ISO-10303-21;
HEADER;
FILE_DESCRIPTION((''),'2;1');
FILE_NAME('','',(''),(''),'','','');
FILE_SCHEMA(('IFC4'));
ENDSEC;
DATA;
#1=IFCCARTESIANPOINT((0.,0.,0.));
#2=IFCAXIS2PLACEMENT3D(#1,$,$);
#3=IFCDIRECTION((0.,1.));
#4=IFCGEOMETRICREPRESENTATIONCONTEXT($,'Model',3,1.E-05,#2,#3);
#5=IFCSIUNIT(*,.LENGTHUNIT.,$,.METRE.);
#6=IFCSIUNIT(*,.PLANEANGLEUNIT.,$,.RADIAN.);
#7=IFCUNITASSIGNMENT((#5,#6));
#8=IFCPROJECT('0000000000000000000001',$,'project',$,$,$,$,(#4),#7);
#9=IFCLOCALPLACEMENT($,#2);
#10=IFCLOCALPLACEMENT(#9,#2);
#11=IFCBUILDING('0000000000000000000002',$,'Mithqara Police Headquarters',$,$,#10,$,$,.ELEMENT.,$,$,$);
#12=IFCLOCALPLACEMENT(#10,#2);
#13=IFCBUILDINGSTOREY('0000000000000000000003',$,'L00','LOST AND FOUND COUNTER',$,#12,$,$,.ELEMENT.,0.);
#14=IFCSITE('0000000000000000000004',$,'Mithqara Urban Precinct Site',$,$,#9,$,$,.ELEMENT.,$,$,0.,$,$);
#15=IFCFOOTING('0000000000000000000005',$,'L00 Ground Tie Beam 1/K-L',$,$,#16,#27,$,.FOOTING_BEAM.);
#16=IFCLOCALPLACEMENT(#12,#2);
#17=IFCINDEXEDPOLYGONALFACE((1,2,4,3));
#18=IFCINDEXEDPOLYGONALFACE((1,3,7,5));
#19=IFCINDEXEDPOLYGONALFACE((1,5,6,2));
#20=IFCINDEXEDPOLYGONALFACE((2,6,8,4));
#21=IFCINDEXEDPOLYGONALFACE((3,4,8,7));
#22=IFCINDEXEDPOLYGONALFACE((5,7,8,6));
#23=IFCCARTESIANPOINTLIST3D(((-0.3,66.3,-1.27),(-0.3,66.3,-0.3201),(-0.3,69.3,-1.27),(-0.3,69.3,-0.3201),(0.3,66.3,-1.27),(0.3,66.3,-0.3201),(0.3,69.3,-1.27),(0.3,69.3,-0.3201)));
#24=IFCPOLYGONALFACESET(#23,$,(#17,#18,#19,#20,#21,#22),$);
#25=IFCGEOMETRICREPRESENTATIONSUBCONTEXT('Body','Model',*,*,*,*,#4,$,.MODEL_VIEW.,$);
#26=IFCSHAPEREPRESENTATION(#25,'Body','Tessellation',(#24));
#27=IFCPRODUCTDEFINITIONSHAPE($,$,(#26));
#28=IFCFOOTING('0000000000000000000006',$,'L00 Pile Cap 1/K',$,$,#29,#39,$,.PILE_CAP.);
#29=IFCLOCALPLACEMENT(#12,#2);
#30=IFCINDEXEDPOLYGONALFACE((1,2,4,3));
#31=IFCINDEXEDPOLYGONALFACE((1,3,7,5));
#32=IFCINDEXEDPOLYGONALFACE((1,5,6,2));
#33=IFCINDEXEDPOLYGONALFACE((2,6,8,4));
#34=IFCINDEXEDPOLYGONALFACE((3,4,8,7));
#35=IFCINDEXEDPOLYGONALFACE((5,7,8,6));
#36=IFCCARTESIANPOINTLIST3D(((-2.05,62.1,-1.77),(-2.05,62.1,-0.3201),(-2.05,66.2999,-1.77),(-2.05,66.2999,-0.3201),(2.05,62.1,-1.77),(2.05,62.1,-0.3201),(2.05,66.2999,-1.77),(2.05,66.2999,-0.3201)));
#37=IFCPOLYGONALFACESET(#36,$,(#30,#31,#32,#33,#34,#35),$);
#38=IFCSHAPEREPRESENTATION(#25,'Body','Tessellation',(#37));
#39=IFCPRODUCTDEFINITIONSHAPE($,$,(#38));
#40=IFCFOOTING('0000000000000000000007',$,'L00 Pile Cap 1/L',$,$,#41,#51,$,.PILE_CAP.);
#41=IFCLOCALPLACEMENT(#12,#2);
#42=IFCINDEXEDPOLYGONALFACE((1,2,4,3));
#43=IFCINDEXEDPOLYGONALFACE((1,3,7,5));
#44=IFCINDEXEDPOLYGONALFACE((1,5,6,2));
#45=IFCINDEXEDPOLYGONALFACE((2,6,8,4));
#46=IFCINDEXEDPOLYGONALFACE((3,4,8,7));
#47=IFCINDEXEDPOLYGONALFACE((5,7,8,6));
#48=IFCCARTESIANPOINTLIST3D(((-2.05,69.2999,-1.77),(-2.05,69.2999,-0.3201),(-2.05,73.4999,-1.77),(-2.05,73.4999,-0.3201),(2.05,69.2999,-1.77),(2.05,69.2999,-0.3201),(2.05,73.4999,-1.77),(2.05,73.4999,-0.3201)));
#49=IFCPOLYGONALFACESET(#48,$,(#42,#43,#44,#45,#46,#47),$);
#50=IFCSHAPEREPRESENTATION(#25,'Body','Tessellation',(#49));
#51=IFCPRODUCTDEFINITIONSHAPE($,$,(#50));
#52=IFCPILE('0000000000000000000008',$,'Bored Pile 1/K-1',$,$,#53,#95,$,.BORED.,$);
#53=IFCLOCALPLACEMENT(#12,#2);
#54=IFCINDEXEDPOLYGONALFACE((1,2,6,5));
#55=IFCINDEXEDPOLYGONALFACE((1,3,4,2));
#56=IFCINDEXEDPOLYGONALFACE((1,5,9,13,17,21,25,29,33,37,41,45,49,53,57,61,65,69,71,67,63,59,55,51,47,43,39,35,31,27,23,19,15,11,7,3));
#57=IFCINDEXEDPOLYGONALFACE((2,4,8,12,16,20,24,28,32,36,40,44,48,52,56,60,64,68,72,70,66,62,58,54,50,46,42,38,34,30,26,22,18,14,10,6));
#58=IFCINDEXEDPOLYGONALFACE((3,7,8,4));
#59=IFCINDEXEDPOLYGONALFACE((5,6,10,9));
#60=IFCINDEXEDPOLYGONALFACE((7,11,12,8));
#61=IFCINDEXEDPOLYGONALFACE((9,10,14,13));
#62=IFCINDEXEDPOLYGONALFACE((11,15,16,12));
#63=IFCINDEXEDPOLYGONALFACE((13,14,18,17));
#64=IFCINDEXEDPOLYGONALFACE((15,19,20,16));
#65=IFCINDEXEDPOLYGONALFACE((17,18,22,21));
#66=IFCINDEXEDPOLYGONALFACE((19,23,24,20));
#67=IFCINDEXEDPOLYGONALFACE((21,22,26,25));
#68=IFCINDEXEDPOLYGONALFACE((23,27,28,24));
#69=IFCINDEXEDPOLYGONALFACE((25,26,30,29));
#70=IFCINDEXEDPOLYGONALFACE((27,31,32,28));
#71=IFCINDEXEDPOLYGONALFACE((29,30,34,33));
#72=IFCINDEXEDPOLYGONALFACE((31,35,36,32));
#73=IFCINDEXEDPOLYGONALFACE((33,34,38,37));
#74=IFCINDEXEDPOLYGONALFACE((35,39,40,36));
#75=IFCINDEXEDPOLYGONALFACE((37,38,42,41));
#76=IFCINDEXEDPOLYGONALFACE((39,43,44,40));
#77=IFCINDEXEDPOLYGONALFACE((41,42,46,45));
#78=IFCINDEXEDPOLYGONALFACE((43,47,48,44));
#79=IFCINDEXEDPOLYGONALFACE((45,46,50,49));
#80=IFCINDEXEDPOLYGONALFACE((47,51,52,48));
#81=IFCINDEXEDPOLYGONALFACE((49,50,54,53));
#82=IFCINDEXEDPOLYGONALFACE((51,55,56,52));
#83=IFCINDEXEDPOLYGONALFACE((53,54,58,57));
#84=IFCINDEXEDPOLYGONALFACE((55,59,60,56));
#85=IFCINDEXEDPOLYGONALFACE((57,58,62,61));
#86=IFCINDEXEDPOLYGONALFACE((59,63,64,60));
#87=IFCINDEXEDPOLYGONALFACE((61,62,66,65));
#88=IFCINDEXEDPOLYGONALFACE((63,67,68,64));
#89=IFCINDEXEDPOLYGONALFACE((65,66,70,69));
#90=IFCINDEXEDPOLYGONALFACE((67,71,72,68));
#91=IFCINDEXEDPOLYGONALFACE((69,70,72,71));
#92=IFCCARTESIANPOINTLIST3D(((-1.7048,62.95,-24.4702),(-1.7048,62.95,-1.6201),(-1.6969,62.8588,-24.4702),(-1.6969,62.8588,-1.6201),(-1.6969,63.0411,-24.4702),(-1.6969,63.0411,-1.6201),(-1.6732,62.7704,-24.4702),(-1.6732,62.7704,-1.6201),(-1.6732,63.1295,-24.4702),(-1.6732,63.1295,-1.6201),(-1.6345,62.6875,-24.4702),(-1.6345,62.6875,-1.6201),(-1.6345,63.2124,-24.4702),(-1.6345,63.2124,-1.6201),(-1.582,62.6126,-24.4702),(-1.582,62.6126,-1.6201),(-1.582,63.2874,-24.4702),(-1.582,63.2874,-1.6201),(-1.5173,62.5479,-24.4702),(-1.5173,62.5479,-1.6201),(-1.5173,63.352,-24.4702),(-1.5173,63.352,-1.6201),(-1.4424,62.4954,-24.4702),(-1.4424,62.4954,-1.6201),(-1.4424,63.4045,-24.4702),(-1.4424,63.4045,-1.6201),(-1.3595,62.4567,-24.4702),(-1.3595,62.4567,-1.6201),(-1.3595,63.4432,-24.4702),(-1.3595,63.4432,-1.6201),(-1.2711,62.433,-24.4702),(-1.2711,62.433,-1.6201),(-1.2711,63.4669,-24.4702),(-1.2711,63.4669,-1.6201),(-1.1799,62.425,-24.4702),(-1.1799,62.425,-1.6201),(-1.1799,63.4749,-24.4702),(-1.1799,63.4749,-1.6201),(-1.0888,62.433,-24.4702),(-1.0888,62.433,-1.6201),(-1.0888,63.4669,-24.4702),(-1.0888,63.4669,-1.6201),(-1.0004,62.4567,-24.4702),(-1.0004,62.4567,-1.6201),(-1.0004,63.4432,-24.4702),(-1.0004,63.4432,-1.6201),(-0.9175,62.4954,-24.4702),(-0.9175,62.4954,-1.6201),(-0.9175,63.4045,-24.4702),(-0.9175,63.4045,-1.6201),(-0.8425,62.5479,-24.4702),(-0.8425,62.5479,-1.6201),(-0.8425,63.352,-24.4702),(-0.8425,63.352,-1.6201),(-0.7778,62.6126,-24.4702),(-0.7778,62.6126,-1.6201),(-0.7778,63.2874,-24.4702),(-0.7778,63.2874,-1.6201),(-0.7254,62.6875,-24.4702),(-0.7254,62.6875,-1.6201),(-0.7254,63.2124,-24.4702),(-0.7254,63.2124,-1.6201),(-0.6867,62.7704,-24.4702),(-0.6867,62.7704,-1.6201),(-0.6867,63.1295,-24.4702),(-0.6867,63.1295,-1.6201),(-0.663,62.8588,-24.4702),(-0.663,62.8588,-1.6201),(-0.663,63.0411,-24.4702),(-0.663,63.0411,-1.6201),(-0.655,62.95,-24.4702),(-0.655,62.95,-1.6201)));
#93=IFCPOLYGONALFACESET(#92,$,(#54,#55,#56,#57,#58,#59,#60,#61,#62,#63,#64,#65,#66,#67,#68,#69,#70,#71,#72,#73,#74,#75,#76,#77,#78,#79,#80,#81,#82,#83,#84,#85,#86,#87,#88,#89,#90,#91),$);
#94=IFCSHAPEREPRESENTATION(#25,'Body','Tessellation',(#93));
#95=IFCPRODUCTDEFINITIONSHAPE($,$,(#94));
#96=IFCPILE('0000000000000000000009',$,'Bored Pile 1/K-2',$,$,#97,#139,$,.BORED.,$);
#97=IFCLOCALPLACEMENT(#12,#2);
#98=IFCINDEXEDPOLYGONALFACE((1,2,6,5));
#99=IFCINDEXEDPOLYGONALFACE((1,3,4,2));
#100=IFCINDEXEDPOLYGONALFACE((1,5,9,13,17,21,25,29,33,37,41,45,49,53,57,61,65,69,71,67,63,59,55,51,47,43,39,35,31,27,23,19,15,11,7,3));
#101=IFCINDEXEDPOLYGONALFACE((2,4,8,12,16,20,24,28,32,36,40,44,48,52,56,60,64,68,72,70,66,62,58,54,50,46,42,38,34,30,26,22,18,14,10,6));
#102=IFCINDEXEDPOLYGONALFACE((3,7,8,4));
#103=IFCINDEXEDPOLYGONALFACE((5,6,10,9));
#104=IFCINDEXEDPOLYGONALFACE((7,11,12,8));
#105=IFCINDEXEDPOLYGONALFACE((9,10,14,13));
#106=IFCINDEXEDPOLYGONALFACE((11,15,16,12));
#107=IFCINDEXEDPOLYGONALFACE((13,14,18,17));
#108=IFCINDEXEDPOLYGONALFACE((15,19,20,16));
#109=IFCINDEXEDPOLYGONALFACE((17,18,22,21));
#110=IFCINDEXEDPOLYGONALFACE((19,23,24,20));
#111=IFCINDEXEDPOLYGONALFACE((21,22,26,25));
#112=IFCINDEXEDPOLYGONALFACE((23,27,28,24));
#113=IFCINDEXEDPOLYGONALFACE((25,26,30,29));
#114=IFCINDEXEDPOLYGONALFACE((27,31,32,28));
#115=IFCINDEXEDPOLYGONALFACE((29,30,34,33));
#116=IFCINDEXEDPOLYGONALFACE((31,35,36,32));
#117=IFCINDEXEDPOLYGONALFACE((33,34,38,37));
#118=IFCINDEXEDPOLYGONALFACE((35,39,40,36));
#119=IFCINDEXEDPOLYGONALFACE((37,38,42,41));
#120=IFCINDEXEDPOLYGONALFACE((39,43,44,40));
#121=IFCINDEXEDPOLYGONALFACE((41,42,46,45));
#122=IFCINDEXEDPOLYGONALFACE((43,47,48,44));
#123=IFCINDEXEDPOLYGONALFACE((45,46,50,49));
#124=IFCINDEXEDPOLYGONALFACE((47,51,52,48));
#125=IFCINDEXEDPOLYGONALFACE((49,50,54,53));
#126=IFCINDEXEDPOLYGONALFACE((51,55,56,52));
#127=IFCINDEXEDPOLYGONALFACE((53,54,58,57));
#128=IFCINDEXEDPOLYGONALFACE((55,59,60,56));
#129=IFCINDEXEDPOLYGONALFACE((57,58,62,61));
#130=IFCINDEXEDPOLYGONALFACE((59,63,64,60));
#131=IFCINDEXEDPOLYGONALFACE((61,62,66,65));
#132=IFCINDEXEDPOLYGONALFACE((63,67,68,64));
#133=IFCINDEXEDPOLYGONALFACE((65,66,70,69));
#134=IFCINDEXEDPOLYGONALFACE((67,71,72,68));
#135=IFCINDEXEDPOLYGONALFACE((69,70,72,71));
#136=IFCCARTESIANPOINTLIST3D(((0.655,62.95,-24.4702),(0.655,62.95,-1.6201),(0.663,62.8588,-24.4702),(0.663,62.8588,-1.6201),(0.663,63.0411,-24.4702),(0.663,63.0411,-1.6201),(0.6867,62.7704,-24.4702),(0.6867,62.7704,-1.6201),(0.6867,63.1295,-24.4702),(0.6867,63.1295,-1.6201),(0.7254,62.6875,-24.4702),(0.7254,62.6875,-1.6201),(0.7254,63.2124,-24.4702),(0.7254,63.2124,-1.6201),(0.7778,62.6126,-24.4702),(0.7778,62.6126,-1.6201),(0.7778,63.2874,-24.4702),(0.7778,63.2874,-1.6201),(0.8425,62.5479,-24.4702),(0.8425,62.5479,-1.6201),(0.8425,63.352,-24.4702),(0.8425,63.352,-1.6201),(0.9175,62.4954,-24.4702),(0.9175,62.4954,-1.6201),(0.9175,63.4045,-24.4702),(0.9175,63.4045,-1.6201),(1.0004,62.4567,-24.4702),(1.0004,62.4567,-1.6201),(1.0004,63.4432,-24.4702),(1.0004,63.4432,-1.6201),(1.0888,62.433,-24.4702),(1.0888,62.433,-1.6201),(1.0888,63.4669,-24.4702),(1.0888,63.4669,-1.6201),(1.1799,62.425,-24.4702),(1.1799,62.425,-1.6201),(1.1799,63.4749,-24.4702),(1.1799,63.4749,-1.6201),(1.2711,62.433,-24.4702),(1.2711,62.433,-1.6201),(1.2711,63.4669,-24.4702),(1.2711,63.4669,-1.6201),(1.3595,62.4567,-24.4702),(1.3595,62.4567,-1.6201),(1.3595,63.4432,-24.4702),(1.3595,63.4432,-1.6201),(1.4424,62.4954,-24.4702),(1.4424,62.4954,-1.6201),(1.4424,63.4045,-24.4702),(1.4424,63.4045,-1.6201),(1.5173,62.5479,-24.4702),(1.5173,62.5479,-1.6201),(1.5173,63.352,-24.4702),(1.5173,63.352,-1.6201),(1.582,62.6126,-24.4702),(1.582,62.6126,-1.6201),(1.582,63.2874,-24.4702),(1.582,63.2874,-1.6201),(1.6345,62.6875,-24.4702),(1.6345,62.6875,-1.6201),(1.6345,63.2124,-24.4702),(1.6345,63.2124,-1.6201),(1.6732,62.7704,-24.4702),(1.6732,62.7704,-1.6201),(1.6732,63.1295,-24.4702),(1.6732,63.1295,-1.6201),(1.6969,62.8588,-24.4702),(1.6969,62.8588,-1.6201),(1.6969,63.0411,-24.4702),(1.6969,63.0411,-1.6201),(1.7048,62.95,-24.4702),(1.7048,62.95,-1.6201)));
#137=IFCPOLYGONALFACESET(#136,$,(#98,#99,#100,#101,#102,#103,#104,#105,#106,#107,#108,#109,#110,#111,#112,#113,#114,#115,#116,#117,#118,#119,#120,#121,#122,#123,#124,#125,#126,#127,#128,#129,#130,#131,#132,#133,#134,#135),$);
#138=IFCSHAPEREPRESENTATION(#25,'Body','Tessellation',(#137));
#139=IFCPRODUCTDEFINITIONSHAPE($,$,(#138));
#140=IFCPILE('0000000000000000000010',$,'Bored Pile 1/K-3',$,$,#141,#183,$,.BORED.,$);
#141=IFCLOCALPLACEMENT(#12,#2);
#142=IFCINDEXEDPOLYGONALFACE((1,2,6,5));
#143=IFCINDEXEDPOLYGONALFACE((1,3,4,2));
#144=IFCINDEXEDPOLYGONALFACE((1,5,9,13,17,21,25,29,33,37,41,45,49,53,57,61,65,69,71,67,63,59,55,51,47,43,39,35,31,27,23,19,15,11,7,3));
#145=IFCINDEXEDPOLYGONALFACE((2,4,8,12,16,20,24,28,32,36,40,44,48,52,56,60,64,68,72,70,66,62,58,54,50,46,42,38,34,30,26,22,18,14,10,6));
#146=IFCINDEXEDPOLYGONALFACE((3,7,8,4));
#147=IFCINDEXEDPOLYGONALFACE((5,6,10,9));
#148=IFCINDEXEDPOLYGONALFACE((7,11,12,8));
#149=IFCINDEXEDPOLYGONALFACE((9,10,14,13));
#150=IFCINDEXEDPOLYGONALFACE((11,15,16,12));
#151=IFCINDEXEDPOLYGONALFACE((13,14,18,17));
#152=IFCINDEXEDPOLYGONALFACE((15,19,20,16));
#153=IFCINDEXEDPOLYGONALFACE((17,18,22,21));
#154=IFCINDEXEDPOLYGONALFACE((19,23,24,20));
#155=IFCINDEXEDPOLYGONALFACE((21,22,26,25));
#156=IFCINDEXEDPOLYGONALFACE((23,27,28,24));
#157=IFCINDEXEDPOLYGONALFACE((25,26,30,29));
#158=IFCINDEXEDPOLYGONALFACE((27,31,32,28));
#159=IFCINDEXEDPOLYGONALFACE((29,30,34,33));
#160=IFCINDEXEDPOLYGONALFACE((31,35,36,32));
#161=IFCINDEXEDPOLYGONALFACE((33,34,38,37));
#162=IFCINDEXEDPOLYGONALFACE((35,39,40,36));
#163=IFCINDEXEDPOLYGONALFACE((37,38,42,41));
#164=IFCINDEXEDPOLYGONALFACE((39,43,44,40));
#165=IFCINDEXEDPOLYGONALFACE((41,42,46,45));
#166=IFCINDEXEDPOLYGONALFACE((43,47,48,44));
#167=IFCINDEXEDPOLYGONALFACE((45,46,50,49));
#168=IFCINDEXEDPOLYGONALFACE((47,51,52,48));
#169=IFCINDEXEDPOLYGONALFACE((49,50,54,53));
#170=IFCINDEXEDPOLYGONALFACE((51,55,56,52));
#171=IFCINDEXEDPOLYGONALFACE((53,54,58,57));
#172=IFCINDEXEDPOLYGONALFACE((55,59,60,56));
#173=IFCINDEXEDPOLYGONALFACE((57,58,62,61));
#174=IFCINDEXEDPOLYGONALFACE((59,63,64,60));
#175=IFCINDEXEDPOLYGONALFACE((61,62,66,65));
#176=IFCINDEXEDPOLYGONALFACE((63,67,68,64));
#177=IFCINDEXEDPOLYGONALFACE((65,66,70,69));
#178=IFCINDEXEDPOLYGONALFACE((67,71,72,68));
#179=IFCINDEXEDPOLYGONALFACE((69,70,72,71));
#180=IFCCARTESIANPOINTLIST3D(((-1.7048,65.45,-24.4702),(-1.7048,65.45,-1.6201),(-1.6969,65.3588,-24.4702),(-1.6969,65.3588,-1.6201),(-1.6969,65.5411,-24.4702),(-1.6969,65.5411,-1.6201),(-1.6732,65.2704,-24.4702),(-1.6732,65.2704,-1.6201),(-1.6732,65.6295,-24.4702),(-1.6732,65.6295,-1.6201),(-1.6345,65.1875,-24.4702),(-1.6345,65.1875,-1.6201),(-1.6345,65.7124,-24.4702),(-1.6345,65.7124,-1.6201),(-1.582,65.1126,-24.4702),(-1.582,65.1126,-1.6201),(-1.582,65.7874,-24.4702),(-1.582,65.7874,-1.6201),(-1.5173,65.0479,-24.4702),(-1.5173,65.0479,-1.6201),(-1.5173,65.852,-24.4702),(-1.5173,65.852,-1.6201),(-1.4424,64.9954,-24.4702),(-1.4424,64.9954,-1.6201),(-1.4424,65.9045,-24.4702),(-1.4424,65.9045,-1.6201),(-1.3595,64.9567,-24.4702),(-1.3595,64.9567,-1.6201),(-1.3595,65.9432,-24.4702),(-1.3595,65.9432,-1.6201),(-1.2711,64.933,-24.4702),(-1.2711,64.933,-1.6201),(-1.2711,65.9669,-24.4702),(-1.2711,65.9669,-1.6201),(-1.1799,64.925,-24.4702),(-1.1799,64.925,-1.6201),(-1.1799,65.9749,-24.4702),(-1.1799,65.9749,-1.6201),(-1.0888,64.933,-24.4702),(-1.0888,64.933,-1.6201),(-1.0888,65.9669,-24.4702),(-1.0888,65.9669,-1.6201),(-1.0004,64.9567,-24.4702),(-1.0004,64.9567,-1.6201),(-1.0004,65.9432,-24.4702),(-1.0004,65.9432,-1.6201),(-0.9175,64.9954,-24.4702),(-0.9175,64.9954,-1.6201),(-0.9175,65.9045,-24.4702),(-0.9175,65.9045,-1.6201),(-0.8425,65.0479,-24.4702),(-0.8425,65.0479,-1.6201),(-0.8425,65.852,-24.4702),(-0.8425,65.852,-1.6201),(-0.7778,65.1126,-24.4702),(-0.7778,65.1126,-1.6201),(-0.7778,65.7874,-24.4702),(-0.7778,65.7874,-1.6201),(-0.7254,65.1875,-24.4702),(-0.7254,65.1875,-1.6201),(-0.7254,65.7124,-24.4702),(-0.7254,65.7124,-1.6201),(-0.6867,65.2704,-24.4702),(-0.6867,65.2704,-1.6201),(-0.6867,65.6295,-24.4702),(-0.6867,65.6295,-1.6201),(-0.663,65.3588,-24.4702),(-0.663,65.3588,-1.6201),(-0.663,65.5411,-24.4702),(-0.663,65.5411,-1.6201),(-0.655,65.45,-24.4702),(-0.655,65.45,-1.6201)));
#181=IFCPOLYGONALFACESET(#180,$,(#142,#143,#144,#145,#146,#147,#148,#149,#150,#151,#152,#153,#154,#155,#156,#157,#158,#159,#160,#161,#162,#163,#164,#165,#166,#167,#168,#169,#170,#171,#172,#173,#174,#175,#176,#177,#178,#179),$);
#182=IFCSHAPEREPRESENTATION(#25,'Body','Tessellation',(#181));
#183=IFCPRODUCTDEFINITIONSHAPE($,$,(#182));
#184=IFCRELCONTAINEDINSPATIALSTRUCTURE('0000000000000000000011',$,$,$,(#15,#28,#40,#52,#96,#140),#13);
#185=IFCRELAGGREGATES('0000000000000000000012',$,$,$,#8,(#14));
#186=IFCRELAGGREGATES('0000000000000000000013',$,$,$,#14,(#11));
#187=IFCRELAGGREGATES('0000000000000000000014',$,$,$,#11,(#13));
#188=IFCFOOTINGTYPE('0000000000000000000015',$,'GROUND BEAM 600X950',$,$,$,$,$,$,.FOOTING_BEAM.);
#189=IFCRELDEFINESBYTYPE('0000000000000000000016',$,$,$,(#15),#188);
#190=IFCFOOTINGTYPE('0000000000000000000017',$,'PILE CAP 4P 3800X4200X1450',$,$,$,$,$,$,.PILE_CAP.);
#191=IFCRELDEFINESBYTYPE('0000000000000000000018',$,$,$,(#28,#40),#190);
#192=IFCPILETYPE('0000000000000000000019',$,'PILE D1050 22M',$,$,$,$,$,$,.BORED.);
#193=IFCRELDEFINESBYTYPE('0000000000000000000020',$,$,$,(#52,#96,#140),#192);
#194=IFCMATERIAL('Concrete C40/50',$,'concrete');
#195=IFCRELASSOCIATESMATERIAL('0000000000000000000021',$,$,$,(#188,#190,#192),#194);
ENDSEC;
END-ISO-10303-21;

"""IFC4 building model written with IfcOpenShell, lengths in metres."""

from ifc_helpers import new_model, si_unit, direction, frame, origin, origin_2d, place, context, subcontext, project, spatial, rectangle, circle, extrude, material, material_profile, profile_set, type_object, element, save


model = new_model("IFC4")

# Units and contexts
model_context = context("Model", 3, precision=1e-05, world=origin(), true_north=direction((0.0, 1.0)))
body_context = subcontext(model_context, "Body", "Model", "MODEL_VIEW")
ifc_project = project(units=[si_unit("LENGTHUNIT", "METRE"), si_unit("PLANEANGLEUNIT", "RADIAN")], contexts=[model_context])

# Site, building, storey
site_placement = place(None, origin())
site = spatial("IfcSite", under=ifc_project, at=site_placement, Name="Mithqara Urban Precinct Site", CompositionType="ELEMENT", RefElevation=0.0)
building_placement = place(site_placement, origin())
building = spatial("IfcBuilding", under=site, at=building_placement, Name="Mithqara Police Headquarters", CompositionType="ELEMENT")
storey_placement = place(building_placement, origin())
storey = spatial("IfcBuildingStorey", under=building, at=storey_placement, Name="L00", Description="LOST AND FOUND COUNTER", CompositionType="ELEMENT", Elevation=0.0)

# Footings
ifc_material_1 = material(Name="Concrete C40/50", Category="concrete")
footing_type_1 = type_object("IfcFootingType", Name="GROUND BEAM 600X950", PredefinedType="FOOTING_BEAM", material=ifc_material_1)
footing_placement = place(storey_placement, frame((0.0, 67.8, -1.27), z_axis=(0.0, 0.0, 1.0), x_axis=(1.0, 0.0, 0.0)))
element("IfcFooting", 1, at=footing_placement, inside=storey, type_object=footing_type_1, Name="L00 Ground Tie Beam 1/K-L", PredefinedType="FOOTING_BEAM", context=body_context, shape_type="SweptSolid", body=[
    extrude(rectangle(XDim=0.6001, YDim=3.0, at=origin_2d()), origin(), (0.0, 0.0, 1.0), 0.95),
])
footing_type_2 = type_object("IfcFootingType", Name="PILE CAP 4P 3800X4200X1450", PredefinedType="PILE_CAP", material=ifc_material_1)
for number, where, z_axis, x_axis, name in (
    (2, (0.0, 64.2, -1.77), (0.0, 0.0, 1.0), (1.0, 0.0, 0.0), "L00 Pile Cap 1/K"),
    (3, (0.0, 71.3999, -1.77), (0.0, 0.0, 1.0), (1.0, 0.0, 0.0), "L00 Pile Cap 1/L"),
):
    element("IfcFooting", number, at=place(storey_placement, frame(where, z_axis=z_axis, x_axis=x_axis)), inside=storey, type_object=footing_type_2, Name=name, PredefinedType="PILE_CAP", context=body_context, shape_type="SweptSolid", body=[
        extrude(rectangle(XDim=4.1001, YDim=4.2, at=origin_2d()), origin(), (0.0, 0.0, 1.0), 1.45),
    ])

# Piles
ifc_material_profile_1 = material_profile(ifc_material_1, circle(Radius=0.5249, at=origin_2d()), Name="PILE D1050")
ifc_profile_set_1 = profile_set([ifc_material_profile_1], Name="Concrete C40/50")
pile_type = type_object("IfcPileType", Name="PILE D1050 22M", PredefinedType="BORED", material=ifc_profile_set_1)
for number, where, z_axis, x_axis, name in (
    (4, (-1.1799, 62.95, -1.6201), (0.0, 0.0, -1.0), (1.0, 0.0, 0.0), "Bored Pile 1/K-1"),
    (5, (1.1799, 62.95, -1.6201), (0.0, 0.0, -1.0), (1.0, 0.0, 0.0), "Bored Pile 1/K-2"),
    (6, (-1.1799, 65.45, -1.6201), (0.0, 0.0, -1.0), (1.0, 0.0, 0.0), "Bored Pile 1/K-3"),
):
    element("IfcPile", number, at=place(storey_placement, frame(where, z_axis=z_axis, x_axis=x_axis)), inside=storey, type_object=pile_type, Name=name, PredefinedType="BORED", context=body_context, shape_type="SweptSolid", body=[
        extrude(circle(Radius=0.5249, at=origin_2d()), origin(), (0.0, 0.0, 1.0), 22.8501),
    ])

save(model, "model.ifc")
